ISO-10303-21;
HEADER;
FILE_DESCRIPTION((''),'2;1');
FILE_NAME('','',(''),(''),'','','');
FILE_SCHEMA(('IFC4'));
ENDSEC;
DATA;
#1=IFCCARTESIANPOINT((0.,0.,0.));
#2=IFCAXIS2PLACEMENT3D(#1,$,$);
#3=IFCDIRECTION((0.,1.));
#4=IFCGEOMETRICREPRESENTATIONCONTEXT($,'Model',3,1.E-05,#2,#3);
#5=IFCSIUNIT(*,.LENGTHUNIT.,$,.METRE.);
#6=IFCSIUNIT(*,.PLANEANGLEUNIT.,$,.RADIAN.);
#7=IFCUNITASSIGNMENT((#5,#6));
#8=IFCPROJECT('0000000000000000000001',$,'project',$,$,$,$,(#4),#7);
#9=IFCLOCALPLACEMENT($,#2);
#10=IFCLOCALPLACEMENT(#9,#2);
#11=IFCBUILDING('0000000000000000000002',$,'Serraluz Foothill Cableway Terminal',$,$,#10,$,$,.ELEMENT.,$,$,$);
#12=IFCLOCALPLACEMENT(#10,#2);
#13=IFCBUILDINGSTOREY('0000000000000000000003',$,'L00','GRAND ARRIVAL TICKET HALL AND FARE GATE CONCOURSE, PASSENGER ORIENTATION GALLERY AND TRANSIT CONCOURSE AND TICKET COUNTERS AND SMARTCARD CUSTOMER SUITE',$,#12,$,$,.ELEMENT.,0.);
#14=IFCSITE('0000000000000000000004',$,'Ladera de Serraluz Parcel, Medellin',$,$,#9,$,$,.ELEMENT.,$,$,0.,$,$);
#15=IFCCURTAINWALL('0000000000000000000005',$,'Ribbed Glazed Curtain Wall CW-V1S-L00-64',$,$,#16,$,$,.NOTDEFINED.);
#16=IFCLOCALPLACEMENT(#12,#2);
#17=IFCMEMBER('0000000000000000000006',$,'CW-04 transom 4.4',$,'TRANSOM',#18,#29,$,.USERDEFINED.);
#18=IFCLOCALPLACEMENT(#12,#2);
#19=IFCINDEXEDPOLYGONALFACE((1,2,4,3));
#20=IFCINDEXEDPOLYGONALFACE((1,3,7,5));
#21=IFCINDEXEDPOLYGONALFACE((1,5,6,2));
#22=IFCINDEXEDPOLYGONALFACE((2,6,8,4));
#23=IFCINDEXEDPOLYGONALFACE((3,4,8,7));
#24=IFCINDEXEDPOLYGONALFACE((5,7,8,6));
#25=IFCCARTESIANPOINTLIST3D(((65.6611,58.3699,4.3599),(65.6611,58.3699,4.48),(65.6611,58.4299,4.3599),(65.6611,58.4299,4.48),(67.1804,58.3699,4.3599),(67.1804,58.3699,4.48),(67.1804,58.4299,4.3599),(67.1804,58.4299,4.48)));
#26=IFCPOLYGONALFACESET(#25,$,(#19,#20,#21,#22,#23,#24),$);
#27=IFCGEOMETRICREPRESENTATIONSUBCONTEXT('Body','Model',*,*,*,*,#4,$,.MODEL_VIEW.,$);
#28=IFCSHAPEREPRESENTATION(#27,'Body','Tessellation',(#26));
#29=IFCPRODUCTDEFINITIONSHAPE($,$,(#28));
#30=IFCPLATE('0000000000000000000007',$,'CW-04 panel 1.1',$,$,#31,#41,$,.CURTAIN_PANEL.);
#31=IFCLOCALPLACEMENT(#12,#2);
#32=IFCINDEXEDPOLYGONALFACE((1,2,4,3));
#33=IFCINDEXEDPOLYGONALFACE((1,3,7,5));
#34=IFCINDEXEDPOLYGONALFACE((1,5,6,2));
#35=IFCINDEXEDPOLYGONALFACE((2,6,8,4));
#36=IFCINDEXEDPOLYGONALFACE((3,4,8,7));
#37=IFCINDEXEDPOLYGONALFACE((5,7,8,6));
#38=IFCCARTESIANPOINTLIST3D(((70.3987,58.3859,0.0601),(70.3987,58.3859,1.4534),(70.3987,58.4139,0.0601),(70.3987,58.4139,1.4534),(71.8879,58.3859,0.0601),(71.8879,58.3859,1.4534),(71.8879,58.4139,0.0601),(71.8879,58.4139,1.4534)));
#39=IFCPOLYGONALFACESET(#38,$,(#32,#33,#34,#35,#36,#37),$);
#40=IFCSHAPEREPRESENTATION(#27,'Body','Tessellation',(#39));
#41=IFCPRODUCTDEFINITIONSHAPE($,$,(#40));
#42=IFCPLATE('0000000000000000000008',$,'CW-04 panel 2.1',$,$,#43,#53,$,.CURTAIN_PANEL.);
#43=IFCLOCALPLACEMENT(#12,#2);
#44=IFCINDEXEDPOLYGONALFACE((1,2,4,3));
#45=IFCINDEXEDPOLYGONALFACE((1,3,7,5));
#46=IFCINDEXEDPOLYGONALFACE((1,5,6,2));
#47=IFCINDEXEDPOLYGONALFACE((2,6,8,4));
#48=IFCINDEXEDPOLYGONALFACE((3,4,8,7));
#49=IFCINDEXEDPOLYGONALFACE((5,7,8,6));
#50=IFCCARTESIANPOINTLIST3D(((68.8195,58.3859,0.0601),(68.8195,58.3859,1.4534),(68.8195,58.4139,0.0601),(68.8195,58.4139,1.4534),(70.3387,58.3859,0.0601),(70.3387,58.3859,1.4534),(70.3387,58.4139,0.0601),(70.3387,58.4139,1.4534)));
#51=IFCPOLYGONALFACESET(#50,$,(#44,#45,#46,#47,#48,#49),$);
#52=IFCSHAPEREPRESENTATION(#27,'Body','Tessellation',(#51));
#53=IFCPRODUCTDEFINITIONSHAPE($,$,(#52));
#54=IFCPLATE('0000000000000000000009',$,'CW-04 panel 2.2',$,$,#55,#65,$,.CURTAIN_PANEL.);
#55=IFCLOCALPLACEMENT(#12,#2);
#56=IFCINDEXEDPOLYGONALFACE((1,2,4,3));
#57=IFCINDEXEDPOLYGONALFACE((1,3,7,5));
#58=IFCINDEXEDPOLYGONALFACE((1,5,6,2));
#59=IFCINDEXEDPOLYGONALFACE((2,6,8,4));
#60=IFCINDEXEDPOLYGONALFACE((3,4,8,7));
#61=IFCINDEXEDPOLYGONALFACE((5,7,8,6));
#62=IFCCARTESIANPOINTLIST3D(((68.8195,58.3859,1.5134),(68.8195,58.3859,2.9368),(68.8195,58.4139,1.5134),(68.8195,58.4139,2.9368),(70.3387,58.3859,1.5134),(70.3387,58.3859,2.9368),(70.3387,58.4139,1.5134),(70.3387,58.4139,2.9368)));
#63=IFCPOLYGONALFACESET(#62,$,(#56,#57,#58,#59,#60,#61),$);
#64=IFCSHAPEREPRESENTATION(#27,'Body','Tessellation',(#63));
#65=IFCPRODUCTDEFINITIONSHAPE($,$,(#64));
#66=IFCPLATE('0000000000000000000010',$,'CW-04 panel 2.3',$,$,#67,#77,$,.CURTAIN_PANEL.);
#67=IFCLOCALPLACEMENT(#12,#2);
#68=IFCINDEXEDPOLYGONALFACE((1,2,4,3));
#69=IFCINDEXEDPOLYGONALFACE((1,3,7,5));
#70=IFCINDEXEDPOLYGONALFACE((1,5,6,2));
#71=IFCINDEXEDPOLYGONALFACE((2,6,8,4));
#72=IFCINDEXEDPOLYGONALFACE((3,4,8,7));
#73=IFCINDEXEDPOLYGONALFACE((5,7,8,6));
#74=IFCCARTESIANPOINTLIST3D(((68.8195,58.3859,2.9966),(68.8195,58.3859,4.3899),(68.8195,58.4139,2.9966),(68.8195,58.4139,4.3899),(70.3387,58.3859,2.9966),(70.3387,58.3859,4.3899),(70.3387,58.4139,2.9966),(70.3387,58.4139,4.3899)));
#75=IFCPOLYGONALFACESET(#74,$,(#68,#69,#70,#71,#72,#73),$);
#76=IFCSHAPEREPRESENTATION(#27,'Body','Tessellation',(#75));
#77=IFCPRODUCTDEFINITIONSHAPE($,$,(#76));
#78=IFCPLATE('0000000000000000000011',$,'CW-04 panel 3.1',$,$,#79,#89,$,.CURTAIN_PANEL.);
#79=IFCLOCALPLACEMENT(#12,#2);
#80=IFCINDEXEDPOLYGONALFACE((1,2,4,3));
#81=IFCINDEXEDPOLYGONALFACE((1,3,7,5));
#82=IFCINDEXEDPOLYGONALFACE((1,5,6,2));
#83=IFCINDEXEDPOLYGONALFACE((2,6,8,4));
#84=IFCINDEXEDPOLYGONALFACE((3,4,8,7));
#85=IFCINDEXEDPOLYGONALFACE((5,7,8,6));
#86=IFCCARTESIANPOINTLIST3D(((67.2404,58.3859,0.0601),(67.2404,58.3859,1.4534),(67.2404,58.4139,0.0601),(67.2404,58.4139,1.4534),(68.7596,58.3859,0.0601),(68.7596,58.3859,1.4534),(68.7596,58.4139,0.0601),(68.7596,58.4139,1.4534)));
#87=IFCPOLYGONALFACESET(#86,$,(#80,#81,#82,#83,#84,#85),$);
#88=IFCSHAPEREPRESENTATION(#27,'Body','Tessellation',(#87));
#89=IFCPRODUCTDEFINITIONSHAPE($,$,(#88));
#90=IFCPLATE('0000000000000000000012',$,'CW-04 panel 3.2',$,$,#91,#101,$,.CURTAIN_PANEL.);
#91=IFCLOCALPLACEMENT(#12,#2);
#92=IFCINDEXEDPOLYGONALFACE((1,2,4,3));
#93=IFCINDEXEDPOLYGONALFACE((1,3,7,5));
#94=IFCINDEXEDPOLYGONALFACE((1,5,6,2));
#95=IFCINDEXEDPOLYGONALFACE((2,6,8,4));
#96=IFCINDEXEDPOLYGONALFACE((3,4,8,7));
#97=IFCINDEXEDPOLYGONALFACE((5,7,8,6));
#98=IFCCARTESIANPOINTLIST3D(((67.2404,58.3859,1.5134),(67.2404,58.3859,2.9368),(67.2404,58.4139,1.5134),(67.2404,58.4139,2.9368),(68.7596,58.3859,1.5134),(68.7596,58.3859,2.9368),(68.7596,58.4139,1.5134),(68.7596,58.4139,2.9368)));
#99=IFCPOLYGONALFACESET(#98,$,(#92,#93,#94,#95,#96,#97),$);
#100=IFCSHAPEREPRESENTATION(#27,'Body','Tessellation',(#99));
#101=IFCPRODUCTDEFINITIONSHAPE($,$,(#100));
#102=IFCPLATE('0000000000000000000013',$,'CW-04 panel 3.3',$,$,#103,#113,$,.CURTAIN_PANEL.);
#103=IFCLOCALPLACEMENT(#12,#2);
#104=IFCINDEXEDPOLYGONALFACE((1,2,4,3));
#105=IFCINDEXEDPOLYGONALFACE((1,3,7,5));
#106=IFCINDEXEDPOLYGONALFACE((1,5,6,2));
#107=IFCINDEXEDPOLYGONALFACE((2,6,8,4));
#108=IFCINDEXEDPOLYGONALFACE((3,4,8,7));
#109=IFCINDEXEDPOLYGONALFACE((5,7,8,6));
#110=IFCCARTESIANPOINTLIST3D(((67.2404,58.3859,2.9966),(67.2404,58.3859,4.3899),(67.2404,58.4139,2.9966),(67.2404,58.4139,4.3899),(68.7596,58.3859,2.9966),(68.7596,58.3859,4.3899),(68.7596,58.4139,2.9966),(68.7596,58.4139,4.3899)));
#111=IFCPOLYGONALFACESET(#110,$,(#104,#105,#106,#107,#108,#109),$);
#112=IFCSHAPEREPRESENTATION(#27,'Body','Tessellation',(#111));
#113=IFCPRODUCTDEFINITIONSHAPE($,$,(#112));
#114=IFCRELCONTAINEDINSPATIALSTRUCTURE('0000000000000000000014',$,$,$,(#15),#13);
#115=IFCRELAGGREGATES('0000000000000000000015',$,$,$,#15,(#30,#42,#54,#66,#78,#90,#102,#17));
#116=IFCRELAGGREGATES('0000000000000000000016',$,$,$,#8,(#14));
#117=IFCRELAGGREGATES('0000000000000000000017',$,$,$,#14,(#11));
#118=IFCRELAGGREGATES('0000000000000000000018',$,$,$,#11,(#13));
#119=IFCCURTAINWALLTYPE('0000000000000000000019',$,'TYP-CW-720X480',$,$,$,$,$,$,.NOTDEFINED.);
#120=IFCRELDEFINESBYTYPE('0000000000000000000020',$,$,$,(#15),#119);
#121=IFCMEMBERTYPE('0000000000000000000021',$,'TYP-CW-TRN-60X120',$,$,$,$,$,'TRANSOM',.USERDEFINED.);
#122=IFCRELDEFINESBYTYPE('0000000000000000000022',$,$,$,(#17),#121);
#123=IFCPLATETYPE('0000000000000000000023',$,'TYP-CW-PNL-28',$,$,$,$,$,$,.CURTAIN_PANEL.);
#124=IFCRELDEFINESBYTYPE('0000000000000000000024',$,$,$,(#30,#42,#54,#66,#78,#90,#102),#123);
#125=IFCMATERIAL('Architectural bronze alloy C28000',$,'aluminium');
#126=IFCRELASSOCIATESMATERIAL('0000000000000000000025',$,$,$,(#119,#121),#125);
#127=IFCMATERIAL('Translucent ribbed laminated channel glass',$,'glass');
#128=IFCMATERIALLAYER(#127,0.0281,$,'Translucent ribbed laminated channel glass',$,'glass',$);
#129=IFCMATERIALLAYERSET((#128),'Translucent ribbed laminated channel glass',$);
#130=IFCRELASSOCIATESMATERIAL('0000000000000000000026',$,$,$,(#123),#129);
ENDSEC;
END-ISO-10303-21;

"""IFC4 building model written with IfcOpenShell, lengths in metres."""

from ifc_helpers import new_model, si_unit, direction, frame, origin, origin_2d, place, context, subcontext, project, spatial, rectangle, extrude, material, layer, layer_set, material_profile, profile_set, type_object, element, aggregate, save


model = new_model("IFC4")

# Units and contexts
model_context = context("Model", 3, precision=1e-05, world=origin(), true_north=direction((0.0, 1.0)))
body_context = subcontext(model_context, "Body", "Model", "MODEL_VIEW")
ifc_project = project(units=[si_unit("LENGTHUNIT", "METRE"), si_unit("PLANEANGLEUNIT", "RADIAN")], contexts=[model_context])

# Site, building, storey
site_placement = place(None, origin())
site = spatial("IfcSite", under=ifc_project, at=site_placement, Name="Ladera de Serraluz Parcel, Medellin", CompositionType="ELEMENT", RefElevation=0.0)
building_placement = place(site_placement, origin())
building = spatial("IfcBuilding", under=site, at=building_placement, Name="Serraluz Foothill Cableway Terminal", CompositionType="ELEMENT")
storey_placement = place(building_placement, origin())
storey = spatial("IfcBuildingStorey", under=building, at=storey_placement, Name="L00", Description="GRAND ARRIVAL TICKET HALL AND FARE GATE CONCOURSE, PASSENGER ORIENTATION GALLERY AND TRANSIT CONCOURSE AND TICKET COUNTERS AND SMARTCARD CUSTOMER SUITE", CompositionType="ELEMENT", Elevation=0.0)

# Curtain wall, member, plates
ifc_material_1 = material(Name="Architectural bronze alloy C28000", Category="aluminium")
curtain_wall_type = type_object("IfcCurtainWallType", Name="TYP-CW-720X480", PredefinedType="NOTDEFINED", material=ifc_material_1)
curtain_wall_placement = place(storey_placement, origin())
curtain_wall = element("IfcCurtainWall", 1, at=curtain_wall_placement, inside=storey, type_object=curtain_wall_type, Name="Ribbed Glazed Curtain Wall CW-V1S-L00-64", PredefinedType="NOTDEFINED")
ifc_material_profile_1 = material_profile(ifc_material_1, rectangle(XDim=0.0601, YDim=0.1201, at=origin_2d()), Name="ALU TRANSOM 60x120")
ifc_profile_set_1 = profile_set([ifc_material_profile_1], Name="Architectural bronze alloy C28000")
member_type_1 = type_object("IfcMemberType", Name="TYP-CW-TRN-60X120", ElementType="TRANSOM", PredefinedType="USERDEFINED", material=ifc_profile_set_1)
member_1_placement = place(storey_placement, frame((67.1804, 58.3999, 4.4199), z_axis=(-1.0, 0.0, 0.0), x_axis=(0.0, -1.0, 0.0)))
member_1 = element("IfcMember", 2, at=member_1_placement, type_object=member_type_1, Name="CW-04 transom 4.4", ObjectType="TRANSOM", PredefinedType="USERDEFINED", context=body_context, shape_type="SweptSolid", body=[
    extrude(rectangle(XDim=0.0601, YDim=0.1201, at=origin_2d()), origin(), (0.0, 0.0, 1.0), 1.5193),
])
ifc_material_2 = material(Name="Translucent ribbed laminated channel glass", Category="glass")
ifc_layer = layer(ifc_material_2, 0.0281, Name="Translucent ribbed laminated channel glass", Category="glass")
ifc_layer_set = layer_set([ifc_layer], Name="Translucent ribbed laminated channel glass")
plate_type = type_object("IfcPlateType", Name="TYP-CW-PNL-28", PredefinedType="CURTAIN_PANEL", material=ifc_layer_set)
plate_1_placement = place(storey_placement, frame((71.1433, 58.3999, 0.0601), z_axis=(0.0, 0.0, 1.0), x_axis=(-1.0, 0.0, 0.0)))
plate_1 = element("IfcPlate", 3, at=plate_1_placement, type_object=plate_type, Name="CW-04 panel 1.1", PredefinedType="CURTAIN_PANEL", context=body_context, shape_type="SweptSolid", body=[
    extrude(rectangle(XDim=1.4893, YDim=0.0281, at=origin_2d()), origin(), (0.0, 0.0, 1.0), 1.3933),
])
plate_2_placement = place(storey_placement, frame((69.5791, 58.3999, 0.0601), z_axis=(0.0, 0.0, 1.0), x_axis=(-1.0, 0.0, 0.0)))
plate_2 = element("IfcPlate", 4, at=plate_2_placement, type_object=plate_type, Name="CW-04 panel 2.1", PredefinedType="CURTAIN_PANEL", context=body_context, shape_type="SweptSolid", body=[
    extrude(rectangle(XDim=1.5193, YDim=0.0281, at=origin_2d()), origin(), (0.0, 0.0, 1.0), 1.3933),
])
plate_3_placement = place(storey_placement, frame((69.5791, 58.3999, 1.5134), z_axis=(0.0, 0.0, 1.0), x_axis=(-1.0, 0.0, 0.0)))
plate_3 = element("IfcPlate", 5, at=plate_3_placement, type_object=plate_type, Name="CW-04 panel 2.2", PredefinedType="CURTAIN_PANEL", context=body_context, shape_type="SweptSolid", body=[
    extrude(rectangle(XDim=1.5193, YDim=0.0281, at=origin_2d()), origin(), (0.0, 0.0, 1.0), 1.4233),
])
plate_4_placement = place(storey_placement, frame((69.5791, 58.3999, 2.9966), z_axis=(0.0, 0.0, 1.0), x_axis=(-1.0, 0.0, 0.0)))
plate_4 = element("IfcPlate", 6, at=plate_4_placement, type_object=plate_type, Name="CW-04 panel 2.3", PredefinedType="CURTAIN_PANEL", context=body_context, shape_type="SweptSolid", body=[
    extrude(rectangle(XDim=1.5193, YDim=0.0281, at=origin_2d()), origin(), (0.0, 0.0, 1.0), 1.3933),
])
plate_5_placement = place(storey_placement, frame((68.0, 58.3999, 0.0601), z_axis=(0.0, 0.0, 1.0), x_axis=(-1.0, 0.0, 0.0)))
plate_5 = element("IfcPlate", 7, at=plate_5_placement, type_object=plate_type, Name="CW-04 panel 3.1", PredefinedType="CURTAIN_PANEL", context=body_context, shape_type="SweptSolid", body=[
    extrude(rectangle(XDim=1.5193, YDim=0.0281, at=origin_2d()), origin(), (0.0, 0.0, 1.0), 1.3933),
])
plate_6_placement = place(storey_placement, frame((68.0, 58.3999, 1.5134), z_axis=(0.0, 0.0, 1.0), x_axis=(-1.0, 0.0, 0.0)))
plate_6 = element("IfcPlate", 8, at=plate_6_placement, type_object=plate_type, Name="CW-04 panel 3.2", PredefinedType="CURTAIN_PANEL", context=body_context, shape_type="SweptSolid", body=[
    extrude(rectangle(XDim=1.5193, YDim=0.0281, at=origin_2d()), origin(), (0.0, 0.0, 1.0), 1.4233),
])
plate_7_placement = place(storey_placement, frame((68.0, 58.3999, 2.9966), z_axis=(0.0, 0.0, 1.0), x_axis=(-1.0, 0.0, 0.0)))
plate_7 = element("IfcPlate", 9, at=plate_7_placement, type_object=plate_type, Name="CW-04 panel 3.3", PredefinedType="CURTAIN_PANEL", context=body_context, shape_type="SweptSolid", body=[
    extrude(rectangle(XDim=1.5193, YDim=0.0281, at=origin_2d()), origin(), (0.0, 0.0, 1.0), 1.3933),
])
aggregate(curtain_wall, [plate_1, plate_2, plate_3, plate_4, plate_5, plate_6, plate_7, member_1])

save(model, "model.ifc")
